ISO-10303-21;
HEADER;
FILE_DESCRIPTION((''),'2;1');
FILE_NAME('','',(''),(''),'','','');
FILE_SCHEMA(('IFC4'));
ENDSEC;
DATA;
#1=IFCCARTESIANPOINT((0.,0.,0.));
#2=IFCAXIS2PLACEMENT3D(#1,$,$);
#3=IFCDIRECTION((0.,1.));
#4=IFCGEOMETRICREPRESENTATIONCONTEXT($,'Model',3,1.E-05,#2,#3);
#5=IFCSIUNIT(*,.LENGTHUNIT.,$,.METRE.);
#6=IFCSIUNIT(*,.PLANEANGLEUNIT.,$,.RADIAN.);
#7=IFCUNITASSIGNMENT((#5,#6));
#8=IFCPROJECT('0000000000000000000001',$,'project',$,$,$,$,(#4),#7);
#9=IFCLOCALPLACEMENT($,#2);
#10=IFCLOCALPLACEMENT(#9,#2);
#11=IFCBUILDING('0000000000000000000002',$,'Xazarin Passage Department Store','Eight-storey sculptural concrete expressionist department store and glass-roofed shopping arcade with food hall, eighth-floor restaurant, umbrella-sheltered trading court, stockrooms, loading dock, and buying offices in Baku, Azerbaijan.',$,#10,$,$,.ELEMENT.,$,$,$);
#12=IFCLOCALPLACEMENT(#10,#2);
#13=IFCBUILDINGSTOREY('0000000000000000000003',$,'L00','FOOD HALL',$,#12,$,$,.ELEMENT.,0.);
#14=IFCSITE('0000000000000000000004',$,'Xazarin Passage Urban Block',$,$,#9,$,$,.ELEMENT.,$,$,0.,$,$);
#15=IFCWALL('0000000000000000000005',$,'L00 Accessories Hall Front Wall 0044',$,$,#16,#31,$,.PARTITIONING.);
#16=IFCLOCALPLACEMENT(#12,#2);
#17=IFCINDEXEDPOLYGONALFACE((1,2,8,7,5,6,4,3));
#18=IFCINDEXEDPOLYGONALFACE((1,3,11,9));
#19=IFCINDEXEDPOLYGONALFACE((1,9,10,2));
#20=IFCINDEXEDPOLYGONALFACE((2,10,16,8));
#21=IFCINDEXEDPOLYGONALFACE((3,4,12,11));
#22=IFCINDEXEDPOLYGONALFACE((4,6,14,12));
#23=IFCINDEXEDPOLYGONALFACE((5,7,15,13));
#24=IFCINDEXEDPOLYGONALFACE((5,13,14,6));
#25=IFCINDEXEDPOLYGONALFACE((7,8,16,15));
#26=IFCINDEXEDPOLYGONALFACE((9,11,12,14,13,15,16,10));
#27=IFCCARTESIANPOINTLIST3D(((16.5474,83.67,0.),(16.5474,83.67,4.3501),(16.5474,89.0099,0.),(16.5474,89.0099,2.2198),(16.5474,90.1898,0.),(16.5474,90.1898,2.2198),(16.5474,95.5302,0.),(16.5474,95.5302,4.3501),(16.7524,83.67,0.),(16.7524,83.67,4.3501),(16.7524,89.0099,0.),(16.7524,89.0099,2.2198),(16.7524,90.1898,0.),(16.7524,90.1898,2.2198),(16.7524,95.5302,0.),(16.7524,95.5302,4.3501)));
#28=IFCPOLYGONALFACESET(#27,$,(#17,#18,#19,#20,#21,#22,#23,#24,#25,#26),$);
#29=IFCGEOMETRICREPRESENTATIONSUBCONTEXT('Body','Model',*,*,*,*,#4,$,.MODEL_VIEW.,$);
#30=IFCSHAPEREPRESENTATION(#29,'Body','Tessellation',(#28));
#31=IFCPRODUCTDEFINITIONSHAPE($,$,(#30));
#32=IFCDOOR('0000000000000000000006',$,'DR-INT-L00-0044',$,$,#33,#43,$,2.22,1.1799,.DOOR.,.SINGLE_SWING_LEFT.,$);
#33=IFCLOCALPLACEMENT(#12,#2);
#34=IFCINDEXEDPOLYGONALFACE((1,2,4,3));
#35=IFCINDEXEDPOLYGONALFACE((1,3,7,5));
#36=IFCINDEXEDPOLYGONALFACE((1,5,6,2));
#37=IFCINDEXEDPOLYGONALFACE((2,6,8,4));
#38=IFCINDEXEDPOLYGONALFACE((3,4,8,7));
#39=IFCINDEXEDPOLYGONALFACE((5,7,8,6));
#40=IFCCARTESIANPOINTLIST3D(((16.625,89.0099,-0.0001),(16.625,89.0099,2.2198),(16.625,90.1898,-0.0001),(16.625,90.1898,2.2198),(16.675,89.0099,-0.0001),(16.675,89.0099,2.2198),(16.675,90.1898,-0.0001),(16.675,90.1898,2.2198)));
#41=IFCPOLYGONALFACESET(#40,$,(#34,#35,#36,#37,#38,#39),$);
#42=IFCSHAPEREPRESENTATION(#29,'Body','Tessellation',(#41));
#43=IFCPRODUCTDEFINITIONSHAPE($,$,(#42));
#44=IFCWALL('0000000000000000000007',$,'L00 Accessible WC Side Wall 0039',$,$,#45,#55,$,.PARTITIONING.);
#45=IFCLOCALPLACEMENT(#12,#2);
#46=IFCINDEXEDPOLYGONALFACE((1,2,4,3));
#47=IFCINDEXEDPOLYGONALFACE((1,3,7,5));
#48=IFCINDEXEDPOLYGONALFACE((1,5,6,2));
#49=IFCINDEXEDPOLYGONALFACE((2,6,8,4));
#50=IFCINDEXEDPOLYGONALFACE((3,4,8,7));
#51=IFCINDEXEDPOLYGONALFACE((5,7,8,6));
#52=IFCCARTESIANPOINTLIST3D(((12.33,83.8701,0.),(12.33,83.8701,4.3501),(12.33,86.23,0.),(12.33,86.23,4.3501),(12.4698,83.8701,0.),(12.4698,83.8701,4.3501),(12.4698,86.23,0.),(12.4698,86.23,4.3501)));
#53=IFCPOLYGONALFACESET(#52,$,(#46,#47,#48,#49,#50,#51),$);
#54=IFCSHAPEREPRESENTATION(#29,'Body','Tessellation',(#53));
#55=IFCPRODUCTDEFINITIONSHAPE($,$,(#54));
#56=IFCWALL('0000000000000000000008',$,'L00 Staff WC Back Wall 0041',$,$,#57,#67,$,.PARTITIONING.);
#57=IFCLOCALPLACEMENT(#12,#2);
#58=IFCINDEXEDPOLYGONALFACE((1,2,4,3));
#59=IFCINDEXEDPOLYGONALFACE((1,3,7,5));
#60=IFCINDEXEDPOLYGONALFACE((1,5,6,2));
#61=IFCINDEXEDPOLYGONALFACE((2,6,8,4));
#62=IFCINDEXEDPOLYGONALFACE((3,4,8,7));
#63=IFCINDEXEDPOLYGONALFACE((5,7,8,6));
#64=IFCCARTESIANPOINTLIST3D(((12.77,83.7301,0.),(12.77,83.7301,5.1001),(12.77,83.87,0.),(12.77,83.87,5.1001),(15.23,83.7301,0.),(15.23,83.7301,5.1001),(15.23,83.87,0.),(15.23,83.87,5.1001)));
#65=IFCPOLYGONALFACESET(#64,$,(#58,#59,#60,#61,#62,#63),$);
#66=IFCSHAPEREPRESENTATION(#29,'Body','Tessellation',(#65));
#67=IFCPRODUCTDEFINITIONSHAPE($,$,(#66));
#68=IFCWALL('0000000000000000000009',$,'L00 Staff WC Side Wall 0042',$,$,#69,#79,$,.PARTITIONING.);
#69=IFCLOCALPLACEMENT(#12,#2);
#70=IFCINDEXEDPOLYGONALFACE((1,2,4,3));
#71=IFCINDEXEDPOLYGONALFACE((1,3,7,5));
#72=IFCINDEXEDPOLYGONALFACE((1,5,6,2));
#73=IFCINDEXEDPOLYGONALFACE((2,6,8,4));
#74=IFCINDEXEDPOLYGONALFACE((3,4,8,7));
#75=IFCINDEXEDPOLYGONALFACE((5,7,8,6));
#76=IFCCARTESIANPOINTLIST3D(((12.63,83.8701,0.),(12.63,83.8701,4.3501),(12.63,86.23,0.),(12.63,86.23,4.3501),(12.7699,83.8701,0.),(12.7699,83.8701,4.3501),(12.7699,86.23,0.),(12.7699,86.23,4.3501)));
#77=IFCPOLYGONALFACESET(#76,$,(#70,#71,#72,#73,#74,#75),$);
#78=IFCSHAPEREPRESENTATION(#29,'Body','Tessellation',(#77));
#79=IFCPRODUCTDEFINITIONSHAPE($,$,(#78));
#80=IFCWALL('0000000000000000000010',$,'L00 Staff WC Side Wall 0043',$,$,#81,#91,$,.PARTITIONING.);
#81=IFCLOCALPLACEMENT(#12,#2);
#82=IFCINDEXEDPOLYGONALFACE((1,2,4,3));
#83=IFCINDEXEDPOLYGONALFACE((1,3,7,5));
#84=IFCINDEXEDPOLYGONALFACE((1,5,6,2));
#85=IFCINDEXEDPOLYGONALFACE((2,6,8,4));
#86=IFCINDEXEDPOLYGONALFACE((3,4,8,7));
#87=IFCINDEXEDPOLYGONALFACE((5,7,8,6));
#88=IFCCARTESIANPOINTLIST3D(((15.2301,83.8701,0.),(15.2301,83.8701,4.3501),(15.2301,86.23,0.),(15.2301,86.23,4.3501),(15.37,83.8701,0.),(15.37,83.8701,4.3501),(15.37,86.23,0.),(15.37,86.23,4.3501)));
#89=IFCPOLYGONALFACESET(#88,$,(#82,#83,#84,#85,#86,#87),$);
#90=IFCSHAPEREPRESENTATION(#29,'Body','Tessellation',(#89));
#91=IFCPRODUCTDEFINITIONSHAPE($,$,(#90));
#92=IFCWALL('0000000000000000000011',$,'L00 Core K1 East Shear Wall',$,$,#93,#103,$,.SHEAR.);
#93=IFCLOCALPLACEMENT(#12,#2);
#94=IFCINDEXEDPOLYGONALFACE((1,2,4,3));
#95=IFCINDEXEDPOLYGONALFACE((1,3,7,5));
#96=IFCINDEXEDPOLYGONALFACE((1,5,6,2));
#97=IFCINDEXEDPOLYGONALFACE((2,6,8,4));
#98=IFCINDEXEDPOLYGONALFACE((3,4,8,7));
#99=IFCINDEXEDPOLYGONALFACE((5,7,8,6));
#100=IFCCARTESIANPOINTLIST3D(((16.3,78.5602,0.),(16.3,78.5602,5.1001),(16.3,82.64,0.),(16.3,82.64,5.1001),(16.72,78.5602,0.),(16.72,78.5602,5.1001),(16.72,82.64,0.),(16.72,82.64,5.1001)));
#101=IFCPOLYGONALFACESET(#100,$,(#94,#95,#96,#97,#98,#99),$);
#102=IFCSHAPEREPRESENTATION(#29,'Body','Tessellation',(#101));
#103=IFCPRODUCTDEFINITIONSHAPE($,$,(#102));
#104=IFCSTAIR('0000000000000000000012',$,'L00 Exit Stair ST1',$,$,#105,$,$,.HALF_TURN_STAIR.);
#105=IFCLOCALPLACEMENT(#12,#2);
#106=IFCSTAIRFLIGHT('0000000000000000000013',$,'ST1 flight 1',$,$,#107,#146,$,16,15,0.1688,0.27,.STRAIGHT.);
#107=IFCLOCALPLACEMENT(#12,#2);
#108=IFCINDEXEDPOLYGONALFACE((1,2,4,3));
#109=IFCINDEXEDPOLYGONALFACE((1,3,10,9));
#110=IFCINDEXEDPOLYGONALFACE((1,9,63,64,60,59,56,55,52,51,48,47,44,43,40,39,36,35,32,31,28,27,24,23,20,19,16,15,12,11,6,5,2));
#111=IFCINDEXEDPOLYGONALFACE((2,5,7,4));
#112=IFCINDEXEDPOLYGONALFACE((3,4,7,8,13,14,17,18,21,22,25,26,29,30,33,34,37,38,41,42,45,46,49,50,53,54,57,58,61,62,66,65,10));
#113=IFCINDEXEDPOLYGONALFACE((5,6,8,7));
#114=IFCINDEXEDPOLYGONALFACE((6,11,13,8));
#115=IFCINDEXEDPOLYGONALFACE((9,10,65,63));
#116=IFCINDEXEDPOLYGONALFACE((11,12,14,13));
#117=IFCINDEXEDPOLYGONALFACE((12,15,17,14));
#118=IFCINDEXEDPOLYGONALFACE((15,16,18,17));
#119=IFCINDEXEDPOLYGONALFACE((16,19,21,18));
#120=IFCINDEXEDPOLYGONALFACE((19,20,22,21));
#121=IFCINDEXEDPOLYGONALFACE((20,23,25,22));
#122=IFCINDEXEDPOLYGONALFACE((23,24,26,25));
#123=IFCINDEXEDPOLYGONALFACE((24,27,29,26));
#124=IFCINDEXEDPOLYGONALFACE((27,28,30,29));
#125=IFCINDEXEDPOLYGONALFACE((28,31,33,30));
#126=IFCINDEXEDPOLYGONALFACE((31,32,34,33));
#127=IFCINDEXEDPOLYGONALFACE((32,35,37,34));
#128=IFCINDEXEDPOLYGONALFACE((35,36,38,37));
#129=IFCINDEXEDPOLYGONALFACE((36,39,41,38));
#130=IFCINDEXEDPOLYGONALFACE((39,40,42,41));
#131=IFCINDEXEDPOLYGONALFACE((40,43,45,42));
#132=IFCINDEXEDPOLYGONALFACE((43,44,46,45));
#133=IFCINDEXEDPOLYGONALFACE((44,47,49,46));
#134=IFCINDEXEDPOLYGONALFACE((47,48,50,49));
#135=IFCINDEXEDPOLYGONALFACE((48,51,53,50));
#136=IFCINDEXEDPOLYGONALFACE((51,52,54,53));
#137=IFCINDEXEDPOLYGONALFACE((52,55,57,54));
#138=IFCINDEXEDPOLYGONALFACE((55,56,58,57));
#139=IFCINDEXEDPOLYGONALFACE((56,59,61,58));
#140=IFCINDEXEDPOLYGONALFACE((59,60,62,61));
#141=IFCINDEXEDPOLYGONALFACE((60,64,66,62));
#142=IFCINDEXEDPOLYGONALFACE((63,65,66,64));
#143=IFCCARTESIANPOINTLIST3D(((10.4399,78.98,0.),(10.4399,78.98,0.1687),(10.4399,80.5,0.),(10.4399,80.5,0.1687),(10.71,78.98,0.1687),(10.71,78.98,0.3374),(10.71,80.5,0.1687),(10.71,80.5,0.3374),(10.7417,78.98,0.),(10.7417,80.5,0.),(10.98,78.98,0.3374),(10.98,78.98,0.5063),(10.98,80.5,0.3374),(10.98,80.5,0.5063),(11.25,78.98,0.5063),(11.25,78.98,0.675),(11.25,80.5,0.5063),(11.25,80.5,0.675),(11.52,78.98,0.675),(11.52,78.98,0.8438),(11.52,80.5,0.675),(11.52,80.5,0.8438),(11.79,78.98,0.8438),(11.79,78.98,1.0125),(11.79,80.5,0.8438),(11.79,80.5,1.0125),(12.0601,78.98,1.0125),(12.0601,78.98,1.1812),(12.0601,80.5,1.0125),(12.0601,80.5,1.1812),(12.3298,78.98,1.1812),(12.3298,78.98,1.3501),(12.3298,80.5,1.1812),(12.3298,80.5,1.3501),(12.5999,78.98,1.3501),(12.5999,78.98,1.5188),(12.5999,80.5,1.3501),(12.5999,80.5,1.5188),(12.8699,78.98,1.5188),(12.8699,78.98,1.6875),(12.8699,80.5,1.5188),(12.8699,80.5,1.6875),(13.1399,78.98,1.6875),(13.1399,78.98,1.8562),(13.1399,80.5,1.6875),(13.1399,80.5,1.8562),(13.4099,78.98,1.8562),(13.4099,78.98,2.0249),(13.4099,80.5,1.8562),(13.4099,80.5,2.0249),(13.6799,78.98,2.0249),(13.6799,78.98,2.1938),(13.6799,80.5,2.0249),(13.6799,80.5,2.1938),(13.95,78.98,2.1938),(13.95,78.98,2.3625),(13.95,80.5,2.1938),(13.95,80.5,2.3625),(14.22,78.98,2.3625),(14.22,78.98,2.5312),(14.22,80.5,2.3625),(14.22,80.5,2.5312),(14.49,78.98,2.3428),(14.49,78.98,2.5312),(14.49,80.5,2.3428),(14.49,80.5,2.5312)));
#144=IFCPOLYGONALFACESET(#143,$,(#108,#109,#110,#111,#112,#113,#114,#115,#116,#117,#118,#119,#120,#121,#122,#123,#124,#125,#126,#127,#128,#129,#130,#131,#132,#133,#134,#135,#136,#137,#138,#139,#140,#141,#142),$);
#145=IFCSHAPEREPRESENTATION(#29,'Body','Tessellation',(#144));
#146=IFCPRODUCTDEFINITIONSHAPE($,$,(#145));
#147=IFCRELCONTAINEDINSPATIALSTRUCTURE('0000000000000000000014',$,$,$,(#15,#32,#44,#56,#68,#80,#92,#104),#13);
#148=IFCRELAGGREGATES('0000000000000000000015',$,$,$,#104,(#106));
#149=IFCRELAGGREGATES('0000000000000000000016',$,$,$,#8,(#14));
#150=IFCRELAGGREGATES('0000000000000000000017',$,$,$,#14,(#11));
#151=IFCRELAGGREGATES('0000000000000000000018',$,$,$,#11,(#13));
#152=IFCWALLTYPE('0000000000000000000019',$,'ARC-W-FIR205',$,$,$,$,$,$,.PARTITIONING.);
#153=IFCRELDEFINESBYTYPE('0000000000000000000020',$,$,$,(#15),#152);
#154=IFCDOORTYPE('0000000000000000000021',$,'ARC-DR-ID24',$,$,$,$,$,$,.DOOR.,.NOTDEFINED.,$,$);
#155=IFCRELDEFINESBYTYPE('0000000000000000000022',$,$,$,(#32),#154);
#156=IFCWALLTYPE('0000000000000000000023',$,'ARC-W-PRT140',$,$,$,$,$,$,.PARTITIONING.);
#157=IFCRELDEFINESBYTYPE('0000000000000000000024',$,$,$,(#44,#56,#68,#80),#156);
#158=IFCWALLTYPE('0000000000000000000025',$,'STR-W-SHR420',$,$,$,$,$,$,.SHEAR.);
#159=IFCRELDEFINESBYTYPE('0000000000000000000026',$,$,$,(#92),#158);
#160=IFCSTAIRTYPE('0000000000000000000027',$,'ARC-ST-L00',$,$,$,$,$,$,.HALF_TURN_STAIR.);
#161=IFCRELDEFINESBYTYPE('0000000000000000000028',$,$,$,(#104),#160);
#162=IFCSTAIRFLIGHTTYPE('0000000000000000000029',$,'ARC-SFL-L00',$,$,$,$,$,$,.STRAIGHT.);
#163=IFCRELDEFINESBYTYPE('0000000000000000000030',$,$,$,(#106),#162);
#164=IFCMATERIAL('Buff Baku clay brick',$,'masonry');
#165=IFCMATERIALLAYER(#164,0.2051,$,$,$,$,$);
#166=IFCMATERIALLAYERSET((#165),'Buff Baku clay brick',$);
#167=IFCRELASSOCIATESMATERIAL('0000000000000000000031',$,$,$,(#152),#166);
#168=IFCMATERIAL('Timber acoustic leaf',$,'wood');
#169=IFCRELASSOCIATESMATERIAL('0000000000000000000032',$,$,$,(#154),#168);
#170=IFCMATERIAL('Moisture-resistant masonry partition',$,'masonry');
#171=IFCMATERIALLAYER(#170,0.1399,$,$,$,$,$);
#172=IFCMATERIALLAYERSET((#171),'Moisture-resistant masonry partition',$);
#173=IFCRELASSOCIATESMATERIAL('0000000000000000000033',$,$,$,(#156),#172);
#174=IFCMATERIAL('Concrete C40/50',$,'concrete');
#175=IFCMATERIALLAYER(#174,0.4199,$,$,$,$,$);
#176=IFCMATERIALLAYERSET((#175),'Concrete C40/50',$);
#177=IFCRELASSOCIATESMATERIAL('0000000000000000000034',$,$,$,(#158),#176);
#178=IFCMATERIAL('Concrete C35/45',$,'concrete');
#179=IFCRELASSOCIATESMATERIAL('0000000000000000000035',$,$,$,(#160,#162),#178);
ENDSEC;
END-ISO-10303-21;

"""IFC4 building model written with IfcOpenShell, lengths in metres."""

from ifc_helpers import new_model, si_unit, direction, frame, frame_2d, origin, place, context, subcontext, project, spatial, polyline, rectangle, outline, extrude, material, layer, layer_set, type_object, element, fill, aggregate, save


model = new_model("IFC4")

# Units and contexts
model_context = context("Model", 3, precision=1e-05, world=origin(), true_north=direction((0.0, 1.0)))
body_context = subcontext(model_context, "Body", "Model", "MODEL_VIEW")
ifc_project = project(units=[si_unit("LENGTHUNIT", "METRE"), si_unit("PLANEANGLEUNIT", "RADIAN")], contexts=[model_context])

# Site, building, storey
site_placement = place(None, origin())
site = spatial("IfcSite", under=ifc_project, at=site_placement, Name="Xazarin Passage Urban Block", CompositionType="ELEMENT", RefElevation=0.0)
building_placement = place(site_placement, origin())
building = spatial("IfcBuilding", under=site, at=building_placement, Name="Xazarin Passage Department Store", Description="Eight-storey sculptural concrete expressionist department store and glass-roofed shopping arcade with food hall, eighth-floor restaurant, umbrella-sheltered trading court, stockrooms, loading dock, and buying offices in Baku, Azerbaijan.", CompositionType="ELEMENT")
storey_placement = place(building_placement, origin())
storey = spatial("IfcBuildingStorey", under=building, at=storey_placement, Name="L00", Description="FOOD HALL", CompositionType="ELEMENT", Elevation=0.0)

# Shared definitions
ifc_material_1 = material(Name="Concrete C35/45", Category="concrete")

# Shared definitions
ifc_material_2 = material(Name="Concrete C40/50", Category="concrete")

# Wall, opening, door
ifc_material_3 = material(Name="Buff Baku clay brick", Category="masonry")
ifc_layer_1 = layer(ifc_material_3, 0.2051)
ifc_layer_set_1 = layer_set([ifc_layer_1], Name="Buff Baku clay brick")
wall_type_1 = type_object("IfcWallType", Name="ARC-W-FIR205", PredefinedType="PARTITIONING", material=ifc_layer_set_1)
wall_1_placement = place(storey_placement, frame((16.6499, 83.6699, 0.0), z_axis=(0.0, 0.0, 1.0), x_axis=(0.0, 1.0, 0.0)))
wall_1 = element("IfcWall", 1, at=wall_1_placement, inside=storey, type_object=wall_type_1, Name="L00 Accessories Hall Front Wall 0044", PredefinedType="PARTITIONING", context=body_context, shape_type="SweptSolid", body=[
    extrude(rectangle(XDim=11.8601, YDim=0.2051, at=frame_2d((5.9302, 0.0))), origin(), (0.0, 0.0, 1.0), 4.3501),
])
opening_placement = place(wall_1_placement, frame((5.3401, 0.0, 0.0)))
opening = element("IfcOpeningElement", 2, at=opening_placement, cuts=wall_1, PredefinedType="OPENING", context=body_context, shape_type="SweptSolid", body=[
    extrude(rectangle(XDim=1.1799, YDim=2.22, at=frame_2d((0.5898, 1.1099))), frame((0.0, 0.1125, 0.0), z_axis=(0.0, -1.0, 0.0), x_axis=(1.0, 0.0, 0.0)), (0.0, 0.0, 1.0), 0.2251),
])
ifc_material_4 = material(Name="Timber acoustic leaf", Category="wood")
door_type = type_object("IfcDoorType", Name="ARC-DR-ID24", OperationType="NOTDEFINED", PredefinedType="DOOR", material=ifc_material_4)
door_placement = place(opening_placement, origin())
door = element("IfcDoor", 3, at=door_placement, inside=storey, type_object=door_type, Name="DR-INT-L00-0044", OperationType="SINGLE_SWING_LEFT", OverallHeight=2.22, OverallWidth=1.1799, PredefinedType="DOOR", context=body_context, shape_type="SweptSolid", body=[
    extrude(rectangle(XDim=1.1799, YDim=2.22, at=frame_2d((0.5898, 1.1099))), frame((0.0, 0.0249, 0.0), z_axis=(0.0, -1.0, 0.0), x_axis=(1.0, 0.0, 0.0)), (0.0, 0.0, 1.0), 0.05),
])
fill(opening, door)

# Walls
ifc_material_5 = material(Name="Moisture-resistant masonry partition", Category="masonry")
ifc_layer_2 = layer(ifc_material_5, 0.1399)
ifc_layer_set_2 = layer_set([ifc_layer_2], Name="Moisture-resistant masonry partition")
wall_type_2 = type_object("IfcWallType", Name="ARC-W-PRT140", PredefinedType="PARTITIONING", material=ifc_layer_set_2)
wall_2_placement = place(storey_placement, frame((12.3999, 83.8701, 0.0), z_axis=(0.0, 0.0, 1.0), x_axis=(0.0, 1.0, 0.0)))
element("IfcWall", 4, at=wall_2_placement, inside=storey, type_object=wall_type_2, Name="L00 Accessible WC Side Wall 0039", PredefinedType="PARTITIONING", context=body_context, shape_type="SweptSolid", body=[
    extrude(rectangle(XDim=2.3599, YDim=0.1399, at=frame_2d((1.1799, 0.0))), origin(), (0.0, 0.0, 1.0), 4.3501),
])
wall_3_placement = place(storey_placement, frame((12.77, 83.8, 0.0), z_axis=(0.0, 0.0, 1.0), x_axis=(1.0, 0.0, 0.0)))
element("IfcWall", 5, at=wall_3_placement, inside=storey, type_object=wall_type_2, Name="L00 Staff WC Back Wall 0041", PredefinedType="PARTITIONING", context=body_context, shape_type="SweptSolid", body=[
    extrude(rectangle(XDim=2.46, YDim=0.1399, at=frame_2d((1.23, 0.0))), origin(), (0.0, 0.0, 1.0), 5.1001),
])
for number, where, z_axis, x_axis, name in (
    (6, (12.7, 83.8701, 0.0), (0.0, 0.0, 1.0), (0.0, 1.0, 0.0), "L00 Staff WC Side Wall 0042"),
    (7, (15.3, 83.8701, 0.0), (0.0, 0.0, 1.0), (0.0, 1.0, 0.0), "L00 Staff WC Side Wall 0043"),
):
    element("IfcWall", number, at=place(storey_placement, frame(where, z_axis=z_axis, x_axis=x_axis)), inside=storey, type_object=wall_type_2, Name=name, PredefinedType="PARTITIONING", context=body_context, shape_type="SweptSolid", body=[
        extrude(rectangle(XDim=2.3599, YDim=0.1399, at=frame_2d((1.1799, 0.0))), origin(), (0.0, 0.0, 1.0), 4.3501),
    ])
ifc_layer_3 = layer(ifc_material_2, 0.4199)
ifc_layer_set_3 = layer_set([ifc_layer_3], Name="Concrete C40/50")
wall_type_3 = type_object("IfcWallType", Name="STR-W-SHR420", PredefinedType="SHEAR", material=ifc_layer_set_3)
wall_4_placement = place(storey_placement, frame((16.51, 78.5601, 0.0), z_axis=(0.0, 0.0, 1.0), x_axis=(0.0, 1.0, 0.0)))
element("IfcWall", 8, at=wall_4_placement, inside=storey, type_object=wall_type_3, Name="L00 Core K1 East Shear Wall", PredefinedType="SHEAR", context=body_context, shape_type="SweptSolid", body=[
    extrude(rectangle(XDim=4.0798, YDim=0.4199, at=frame_2d((2.04, 0.0))), origin(), (0.0, 0.0, 1.0), 5.1001),
])

# Stair, stair flight
stair_type = type_object("IfcStairType", Name="ARC-ST-L00", PredefinedType="HALF_TURN_STAIR", material=ifc_material_1)
stair_placement = place(storey_placement, origin())
stair = element("IfcStair", 9, at=stair_placement, inside=storey, type_object=stair_type, Name="L00 Exit Stair ST1", PredefinedType="HALF_TURN_STAIR")
stair_flight_type = type_object("IfcStairFlightType", Name="ARC-SFL-L00", PredefinedType="STRAIGHT", material=ifc_material_1)
stair_flight_1_placement = place(storey_placement, frame((10.4399, 79.74, 0.0), z_axis=(0.0, 0.0, 1.0), x_axis=(1.0, 0.0, 0.0)))
stair_flight_1 = element("IfcStairFlight", 10, at=stair_flight_1_placement, type_object=stair_flight_type, Name="ST1 flight 1", NumberOfRisers=16, NumberOfTreads=15, PredefinedType="STRAIGHT", RiserHeight=0.1688, TreadLength=0.27, context=body_context, shape_type="SweptSolid", body=[
    extrude(outline(polyline([(0.0, 0.0), (0.0, 0.1687), (0.27, 0.1687), (0.27, 0.3374), (0.54, 0.3374), (0.54, 0.5063), (0.8101, 0.5063), (0.8101, 0.675), (1.0801, 0.675), (1.0801, 0.8438), (1.3501, 0.8438), (1.3501, 1.0125), (1.6201, 1.0125), (1.6201, 1.1812), (1.8899, 1.1812), (1.8899, 1.3501), (2.1599, 1.3501), (2.1599, 1.5188), (2.4299, 1.5188), (2.4299, 1.6875), (2.7, 1.6875), (2.7, 1.8562), (2.97, 1.8562), (2.97, 2.0249), (3.24, 2.0249), (3.24, 2.1938), (3.51, 2.1938), (3.51, 2.3625), (3.78, 2.3625), (3.78, 2.5312), (4.05, 2.5312), (4.05, 2.7), (4.05, 2.3428), (0.3018, 0.0), (0.0, 0.0)])), frame((0.0, 0.76, 0.0), z_axis=(0.0, -1.0, 0.0), x_axis=(1.0, 0.0, 0.0)), (0.0, 0.0, 1.0), 1.52),
])
aggregate(stair, [stair_flight_1])

save(model, "model.ifc")
